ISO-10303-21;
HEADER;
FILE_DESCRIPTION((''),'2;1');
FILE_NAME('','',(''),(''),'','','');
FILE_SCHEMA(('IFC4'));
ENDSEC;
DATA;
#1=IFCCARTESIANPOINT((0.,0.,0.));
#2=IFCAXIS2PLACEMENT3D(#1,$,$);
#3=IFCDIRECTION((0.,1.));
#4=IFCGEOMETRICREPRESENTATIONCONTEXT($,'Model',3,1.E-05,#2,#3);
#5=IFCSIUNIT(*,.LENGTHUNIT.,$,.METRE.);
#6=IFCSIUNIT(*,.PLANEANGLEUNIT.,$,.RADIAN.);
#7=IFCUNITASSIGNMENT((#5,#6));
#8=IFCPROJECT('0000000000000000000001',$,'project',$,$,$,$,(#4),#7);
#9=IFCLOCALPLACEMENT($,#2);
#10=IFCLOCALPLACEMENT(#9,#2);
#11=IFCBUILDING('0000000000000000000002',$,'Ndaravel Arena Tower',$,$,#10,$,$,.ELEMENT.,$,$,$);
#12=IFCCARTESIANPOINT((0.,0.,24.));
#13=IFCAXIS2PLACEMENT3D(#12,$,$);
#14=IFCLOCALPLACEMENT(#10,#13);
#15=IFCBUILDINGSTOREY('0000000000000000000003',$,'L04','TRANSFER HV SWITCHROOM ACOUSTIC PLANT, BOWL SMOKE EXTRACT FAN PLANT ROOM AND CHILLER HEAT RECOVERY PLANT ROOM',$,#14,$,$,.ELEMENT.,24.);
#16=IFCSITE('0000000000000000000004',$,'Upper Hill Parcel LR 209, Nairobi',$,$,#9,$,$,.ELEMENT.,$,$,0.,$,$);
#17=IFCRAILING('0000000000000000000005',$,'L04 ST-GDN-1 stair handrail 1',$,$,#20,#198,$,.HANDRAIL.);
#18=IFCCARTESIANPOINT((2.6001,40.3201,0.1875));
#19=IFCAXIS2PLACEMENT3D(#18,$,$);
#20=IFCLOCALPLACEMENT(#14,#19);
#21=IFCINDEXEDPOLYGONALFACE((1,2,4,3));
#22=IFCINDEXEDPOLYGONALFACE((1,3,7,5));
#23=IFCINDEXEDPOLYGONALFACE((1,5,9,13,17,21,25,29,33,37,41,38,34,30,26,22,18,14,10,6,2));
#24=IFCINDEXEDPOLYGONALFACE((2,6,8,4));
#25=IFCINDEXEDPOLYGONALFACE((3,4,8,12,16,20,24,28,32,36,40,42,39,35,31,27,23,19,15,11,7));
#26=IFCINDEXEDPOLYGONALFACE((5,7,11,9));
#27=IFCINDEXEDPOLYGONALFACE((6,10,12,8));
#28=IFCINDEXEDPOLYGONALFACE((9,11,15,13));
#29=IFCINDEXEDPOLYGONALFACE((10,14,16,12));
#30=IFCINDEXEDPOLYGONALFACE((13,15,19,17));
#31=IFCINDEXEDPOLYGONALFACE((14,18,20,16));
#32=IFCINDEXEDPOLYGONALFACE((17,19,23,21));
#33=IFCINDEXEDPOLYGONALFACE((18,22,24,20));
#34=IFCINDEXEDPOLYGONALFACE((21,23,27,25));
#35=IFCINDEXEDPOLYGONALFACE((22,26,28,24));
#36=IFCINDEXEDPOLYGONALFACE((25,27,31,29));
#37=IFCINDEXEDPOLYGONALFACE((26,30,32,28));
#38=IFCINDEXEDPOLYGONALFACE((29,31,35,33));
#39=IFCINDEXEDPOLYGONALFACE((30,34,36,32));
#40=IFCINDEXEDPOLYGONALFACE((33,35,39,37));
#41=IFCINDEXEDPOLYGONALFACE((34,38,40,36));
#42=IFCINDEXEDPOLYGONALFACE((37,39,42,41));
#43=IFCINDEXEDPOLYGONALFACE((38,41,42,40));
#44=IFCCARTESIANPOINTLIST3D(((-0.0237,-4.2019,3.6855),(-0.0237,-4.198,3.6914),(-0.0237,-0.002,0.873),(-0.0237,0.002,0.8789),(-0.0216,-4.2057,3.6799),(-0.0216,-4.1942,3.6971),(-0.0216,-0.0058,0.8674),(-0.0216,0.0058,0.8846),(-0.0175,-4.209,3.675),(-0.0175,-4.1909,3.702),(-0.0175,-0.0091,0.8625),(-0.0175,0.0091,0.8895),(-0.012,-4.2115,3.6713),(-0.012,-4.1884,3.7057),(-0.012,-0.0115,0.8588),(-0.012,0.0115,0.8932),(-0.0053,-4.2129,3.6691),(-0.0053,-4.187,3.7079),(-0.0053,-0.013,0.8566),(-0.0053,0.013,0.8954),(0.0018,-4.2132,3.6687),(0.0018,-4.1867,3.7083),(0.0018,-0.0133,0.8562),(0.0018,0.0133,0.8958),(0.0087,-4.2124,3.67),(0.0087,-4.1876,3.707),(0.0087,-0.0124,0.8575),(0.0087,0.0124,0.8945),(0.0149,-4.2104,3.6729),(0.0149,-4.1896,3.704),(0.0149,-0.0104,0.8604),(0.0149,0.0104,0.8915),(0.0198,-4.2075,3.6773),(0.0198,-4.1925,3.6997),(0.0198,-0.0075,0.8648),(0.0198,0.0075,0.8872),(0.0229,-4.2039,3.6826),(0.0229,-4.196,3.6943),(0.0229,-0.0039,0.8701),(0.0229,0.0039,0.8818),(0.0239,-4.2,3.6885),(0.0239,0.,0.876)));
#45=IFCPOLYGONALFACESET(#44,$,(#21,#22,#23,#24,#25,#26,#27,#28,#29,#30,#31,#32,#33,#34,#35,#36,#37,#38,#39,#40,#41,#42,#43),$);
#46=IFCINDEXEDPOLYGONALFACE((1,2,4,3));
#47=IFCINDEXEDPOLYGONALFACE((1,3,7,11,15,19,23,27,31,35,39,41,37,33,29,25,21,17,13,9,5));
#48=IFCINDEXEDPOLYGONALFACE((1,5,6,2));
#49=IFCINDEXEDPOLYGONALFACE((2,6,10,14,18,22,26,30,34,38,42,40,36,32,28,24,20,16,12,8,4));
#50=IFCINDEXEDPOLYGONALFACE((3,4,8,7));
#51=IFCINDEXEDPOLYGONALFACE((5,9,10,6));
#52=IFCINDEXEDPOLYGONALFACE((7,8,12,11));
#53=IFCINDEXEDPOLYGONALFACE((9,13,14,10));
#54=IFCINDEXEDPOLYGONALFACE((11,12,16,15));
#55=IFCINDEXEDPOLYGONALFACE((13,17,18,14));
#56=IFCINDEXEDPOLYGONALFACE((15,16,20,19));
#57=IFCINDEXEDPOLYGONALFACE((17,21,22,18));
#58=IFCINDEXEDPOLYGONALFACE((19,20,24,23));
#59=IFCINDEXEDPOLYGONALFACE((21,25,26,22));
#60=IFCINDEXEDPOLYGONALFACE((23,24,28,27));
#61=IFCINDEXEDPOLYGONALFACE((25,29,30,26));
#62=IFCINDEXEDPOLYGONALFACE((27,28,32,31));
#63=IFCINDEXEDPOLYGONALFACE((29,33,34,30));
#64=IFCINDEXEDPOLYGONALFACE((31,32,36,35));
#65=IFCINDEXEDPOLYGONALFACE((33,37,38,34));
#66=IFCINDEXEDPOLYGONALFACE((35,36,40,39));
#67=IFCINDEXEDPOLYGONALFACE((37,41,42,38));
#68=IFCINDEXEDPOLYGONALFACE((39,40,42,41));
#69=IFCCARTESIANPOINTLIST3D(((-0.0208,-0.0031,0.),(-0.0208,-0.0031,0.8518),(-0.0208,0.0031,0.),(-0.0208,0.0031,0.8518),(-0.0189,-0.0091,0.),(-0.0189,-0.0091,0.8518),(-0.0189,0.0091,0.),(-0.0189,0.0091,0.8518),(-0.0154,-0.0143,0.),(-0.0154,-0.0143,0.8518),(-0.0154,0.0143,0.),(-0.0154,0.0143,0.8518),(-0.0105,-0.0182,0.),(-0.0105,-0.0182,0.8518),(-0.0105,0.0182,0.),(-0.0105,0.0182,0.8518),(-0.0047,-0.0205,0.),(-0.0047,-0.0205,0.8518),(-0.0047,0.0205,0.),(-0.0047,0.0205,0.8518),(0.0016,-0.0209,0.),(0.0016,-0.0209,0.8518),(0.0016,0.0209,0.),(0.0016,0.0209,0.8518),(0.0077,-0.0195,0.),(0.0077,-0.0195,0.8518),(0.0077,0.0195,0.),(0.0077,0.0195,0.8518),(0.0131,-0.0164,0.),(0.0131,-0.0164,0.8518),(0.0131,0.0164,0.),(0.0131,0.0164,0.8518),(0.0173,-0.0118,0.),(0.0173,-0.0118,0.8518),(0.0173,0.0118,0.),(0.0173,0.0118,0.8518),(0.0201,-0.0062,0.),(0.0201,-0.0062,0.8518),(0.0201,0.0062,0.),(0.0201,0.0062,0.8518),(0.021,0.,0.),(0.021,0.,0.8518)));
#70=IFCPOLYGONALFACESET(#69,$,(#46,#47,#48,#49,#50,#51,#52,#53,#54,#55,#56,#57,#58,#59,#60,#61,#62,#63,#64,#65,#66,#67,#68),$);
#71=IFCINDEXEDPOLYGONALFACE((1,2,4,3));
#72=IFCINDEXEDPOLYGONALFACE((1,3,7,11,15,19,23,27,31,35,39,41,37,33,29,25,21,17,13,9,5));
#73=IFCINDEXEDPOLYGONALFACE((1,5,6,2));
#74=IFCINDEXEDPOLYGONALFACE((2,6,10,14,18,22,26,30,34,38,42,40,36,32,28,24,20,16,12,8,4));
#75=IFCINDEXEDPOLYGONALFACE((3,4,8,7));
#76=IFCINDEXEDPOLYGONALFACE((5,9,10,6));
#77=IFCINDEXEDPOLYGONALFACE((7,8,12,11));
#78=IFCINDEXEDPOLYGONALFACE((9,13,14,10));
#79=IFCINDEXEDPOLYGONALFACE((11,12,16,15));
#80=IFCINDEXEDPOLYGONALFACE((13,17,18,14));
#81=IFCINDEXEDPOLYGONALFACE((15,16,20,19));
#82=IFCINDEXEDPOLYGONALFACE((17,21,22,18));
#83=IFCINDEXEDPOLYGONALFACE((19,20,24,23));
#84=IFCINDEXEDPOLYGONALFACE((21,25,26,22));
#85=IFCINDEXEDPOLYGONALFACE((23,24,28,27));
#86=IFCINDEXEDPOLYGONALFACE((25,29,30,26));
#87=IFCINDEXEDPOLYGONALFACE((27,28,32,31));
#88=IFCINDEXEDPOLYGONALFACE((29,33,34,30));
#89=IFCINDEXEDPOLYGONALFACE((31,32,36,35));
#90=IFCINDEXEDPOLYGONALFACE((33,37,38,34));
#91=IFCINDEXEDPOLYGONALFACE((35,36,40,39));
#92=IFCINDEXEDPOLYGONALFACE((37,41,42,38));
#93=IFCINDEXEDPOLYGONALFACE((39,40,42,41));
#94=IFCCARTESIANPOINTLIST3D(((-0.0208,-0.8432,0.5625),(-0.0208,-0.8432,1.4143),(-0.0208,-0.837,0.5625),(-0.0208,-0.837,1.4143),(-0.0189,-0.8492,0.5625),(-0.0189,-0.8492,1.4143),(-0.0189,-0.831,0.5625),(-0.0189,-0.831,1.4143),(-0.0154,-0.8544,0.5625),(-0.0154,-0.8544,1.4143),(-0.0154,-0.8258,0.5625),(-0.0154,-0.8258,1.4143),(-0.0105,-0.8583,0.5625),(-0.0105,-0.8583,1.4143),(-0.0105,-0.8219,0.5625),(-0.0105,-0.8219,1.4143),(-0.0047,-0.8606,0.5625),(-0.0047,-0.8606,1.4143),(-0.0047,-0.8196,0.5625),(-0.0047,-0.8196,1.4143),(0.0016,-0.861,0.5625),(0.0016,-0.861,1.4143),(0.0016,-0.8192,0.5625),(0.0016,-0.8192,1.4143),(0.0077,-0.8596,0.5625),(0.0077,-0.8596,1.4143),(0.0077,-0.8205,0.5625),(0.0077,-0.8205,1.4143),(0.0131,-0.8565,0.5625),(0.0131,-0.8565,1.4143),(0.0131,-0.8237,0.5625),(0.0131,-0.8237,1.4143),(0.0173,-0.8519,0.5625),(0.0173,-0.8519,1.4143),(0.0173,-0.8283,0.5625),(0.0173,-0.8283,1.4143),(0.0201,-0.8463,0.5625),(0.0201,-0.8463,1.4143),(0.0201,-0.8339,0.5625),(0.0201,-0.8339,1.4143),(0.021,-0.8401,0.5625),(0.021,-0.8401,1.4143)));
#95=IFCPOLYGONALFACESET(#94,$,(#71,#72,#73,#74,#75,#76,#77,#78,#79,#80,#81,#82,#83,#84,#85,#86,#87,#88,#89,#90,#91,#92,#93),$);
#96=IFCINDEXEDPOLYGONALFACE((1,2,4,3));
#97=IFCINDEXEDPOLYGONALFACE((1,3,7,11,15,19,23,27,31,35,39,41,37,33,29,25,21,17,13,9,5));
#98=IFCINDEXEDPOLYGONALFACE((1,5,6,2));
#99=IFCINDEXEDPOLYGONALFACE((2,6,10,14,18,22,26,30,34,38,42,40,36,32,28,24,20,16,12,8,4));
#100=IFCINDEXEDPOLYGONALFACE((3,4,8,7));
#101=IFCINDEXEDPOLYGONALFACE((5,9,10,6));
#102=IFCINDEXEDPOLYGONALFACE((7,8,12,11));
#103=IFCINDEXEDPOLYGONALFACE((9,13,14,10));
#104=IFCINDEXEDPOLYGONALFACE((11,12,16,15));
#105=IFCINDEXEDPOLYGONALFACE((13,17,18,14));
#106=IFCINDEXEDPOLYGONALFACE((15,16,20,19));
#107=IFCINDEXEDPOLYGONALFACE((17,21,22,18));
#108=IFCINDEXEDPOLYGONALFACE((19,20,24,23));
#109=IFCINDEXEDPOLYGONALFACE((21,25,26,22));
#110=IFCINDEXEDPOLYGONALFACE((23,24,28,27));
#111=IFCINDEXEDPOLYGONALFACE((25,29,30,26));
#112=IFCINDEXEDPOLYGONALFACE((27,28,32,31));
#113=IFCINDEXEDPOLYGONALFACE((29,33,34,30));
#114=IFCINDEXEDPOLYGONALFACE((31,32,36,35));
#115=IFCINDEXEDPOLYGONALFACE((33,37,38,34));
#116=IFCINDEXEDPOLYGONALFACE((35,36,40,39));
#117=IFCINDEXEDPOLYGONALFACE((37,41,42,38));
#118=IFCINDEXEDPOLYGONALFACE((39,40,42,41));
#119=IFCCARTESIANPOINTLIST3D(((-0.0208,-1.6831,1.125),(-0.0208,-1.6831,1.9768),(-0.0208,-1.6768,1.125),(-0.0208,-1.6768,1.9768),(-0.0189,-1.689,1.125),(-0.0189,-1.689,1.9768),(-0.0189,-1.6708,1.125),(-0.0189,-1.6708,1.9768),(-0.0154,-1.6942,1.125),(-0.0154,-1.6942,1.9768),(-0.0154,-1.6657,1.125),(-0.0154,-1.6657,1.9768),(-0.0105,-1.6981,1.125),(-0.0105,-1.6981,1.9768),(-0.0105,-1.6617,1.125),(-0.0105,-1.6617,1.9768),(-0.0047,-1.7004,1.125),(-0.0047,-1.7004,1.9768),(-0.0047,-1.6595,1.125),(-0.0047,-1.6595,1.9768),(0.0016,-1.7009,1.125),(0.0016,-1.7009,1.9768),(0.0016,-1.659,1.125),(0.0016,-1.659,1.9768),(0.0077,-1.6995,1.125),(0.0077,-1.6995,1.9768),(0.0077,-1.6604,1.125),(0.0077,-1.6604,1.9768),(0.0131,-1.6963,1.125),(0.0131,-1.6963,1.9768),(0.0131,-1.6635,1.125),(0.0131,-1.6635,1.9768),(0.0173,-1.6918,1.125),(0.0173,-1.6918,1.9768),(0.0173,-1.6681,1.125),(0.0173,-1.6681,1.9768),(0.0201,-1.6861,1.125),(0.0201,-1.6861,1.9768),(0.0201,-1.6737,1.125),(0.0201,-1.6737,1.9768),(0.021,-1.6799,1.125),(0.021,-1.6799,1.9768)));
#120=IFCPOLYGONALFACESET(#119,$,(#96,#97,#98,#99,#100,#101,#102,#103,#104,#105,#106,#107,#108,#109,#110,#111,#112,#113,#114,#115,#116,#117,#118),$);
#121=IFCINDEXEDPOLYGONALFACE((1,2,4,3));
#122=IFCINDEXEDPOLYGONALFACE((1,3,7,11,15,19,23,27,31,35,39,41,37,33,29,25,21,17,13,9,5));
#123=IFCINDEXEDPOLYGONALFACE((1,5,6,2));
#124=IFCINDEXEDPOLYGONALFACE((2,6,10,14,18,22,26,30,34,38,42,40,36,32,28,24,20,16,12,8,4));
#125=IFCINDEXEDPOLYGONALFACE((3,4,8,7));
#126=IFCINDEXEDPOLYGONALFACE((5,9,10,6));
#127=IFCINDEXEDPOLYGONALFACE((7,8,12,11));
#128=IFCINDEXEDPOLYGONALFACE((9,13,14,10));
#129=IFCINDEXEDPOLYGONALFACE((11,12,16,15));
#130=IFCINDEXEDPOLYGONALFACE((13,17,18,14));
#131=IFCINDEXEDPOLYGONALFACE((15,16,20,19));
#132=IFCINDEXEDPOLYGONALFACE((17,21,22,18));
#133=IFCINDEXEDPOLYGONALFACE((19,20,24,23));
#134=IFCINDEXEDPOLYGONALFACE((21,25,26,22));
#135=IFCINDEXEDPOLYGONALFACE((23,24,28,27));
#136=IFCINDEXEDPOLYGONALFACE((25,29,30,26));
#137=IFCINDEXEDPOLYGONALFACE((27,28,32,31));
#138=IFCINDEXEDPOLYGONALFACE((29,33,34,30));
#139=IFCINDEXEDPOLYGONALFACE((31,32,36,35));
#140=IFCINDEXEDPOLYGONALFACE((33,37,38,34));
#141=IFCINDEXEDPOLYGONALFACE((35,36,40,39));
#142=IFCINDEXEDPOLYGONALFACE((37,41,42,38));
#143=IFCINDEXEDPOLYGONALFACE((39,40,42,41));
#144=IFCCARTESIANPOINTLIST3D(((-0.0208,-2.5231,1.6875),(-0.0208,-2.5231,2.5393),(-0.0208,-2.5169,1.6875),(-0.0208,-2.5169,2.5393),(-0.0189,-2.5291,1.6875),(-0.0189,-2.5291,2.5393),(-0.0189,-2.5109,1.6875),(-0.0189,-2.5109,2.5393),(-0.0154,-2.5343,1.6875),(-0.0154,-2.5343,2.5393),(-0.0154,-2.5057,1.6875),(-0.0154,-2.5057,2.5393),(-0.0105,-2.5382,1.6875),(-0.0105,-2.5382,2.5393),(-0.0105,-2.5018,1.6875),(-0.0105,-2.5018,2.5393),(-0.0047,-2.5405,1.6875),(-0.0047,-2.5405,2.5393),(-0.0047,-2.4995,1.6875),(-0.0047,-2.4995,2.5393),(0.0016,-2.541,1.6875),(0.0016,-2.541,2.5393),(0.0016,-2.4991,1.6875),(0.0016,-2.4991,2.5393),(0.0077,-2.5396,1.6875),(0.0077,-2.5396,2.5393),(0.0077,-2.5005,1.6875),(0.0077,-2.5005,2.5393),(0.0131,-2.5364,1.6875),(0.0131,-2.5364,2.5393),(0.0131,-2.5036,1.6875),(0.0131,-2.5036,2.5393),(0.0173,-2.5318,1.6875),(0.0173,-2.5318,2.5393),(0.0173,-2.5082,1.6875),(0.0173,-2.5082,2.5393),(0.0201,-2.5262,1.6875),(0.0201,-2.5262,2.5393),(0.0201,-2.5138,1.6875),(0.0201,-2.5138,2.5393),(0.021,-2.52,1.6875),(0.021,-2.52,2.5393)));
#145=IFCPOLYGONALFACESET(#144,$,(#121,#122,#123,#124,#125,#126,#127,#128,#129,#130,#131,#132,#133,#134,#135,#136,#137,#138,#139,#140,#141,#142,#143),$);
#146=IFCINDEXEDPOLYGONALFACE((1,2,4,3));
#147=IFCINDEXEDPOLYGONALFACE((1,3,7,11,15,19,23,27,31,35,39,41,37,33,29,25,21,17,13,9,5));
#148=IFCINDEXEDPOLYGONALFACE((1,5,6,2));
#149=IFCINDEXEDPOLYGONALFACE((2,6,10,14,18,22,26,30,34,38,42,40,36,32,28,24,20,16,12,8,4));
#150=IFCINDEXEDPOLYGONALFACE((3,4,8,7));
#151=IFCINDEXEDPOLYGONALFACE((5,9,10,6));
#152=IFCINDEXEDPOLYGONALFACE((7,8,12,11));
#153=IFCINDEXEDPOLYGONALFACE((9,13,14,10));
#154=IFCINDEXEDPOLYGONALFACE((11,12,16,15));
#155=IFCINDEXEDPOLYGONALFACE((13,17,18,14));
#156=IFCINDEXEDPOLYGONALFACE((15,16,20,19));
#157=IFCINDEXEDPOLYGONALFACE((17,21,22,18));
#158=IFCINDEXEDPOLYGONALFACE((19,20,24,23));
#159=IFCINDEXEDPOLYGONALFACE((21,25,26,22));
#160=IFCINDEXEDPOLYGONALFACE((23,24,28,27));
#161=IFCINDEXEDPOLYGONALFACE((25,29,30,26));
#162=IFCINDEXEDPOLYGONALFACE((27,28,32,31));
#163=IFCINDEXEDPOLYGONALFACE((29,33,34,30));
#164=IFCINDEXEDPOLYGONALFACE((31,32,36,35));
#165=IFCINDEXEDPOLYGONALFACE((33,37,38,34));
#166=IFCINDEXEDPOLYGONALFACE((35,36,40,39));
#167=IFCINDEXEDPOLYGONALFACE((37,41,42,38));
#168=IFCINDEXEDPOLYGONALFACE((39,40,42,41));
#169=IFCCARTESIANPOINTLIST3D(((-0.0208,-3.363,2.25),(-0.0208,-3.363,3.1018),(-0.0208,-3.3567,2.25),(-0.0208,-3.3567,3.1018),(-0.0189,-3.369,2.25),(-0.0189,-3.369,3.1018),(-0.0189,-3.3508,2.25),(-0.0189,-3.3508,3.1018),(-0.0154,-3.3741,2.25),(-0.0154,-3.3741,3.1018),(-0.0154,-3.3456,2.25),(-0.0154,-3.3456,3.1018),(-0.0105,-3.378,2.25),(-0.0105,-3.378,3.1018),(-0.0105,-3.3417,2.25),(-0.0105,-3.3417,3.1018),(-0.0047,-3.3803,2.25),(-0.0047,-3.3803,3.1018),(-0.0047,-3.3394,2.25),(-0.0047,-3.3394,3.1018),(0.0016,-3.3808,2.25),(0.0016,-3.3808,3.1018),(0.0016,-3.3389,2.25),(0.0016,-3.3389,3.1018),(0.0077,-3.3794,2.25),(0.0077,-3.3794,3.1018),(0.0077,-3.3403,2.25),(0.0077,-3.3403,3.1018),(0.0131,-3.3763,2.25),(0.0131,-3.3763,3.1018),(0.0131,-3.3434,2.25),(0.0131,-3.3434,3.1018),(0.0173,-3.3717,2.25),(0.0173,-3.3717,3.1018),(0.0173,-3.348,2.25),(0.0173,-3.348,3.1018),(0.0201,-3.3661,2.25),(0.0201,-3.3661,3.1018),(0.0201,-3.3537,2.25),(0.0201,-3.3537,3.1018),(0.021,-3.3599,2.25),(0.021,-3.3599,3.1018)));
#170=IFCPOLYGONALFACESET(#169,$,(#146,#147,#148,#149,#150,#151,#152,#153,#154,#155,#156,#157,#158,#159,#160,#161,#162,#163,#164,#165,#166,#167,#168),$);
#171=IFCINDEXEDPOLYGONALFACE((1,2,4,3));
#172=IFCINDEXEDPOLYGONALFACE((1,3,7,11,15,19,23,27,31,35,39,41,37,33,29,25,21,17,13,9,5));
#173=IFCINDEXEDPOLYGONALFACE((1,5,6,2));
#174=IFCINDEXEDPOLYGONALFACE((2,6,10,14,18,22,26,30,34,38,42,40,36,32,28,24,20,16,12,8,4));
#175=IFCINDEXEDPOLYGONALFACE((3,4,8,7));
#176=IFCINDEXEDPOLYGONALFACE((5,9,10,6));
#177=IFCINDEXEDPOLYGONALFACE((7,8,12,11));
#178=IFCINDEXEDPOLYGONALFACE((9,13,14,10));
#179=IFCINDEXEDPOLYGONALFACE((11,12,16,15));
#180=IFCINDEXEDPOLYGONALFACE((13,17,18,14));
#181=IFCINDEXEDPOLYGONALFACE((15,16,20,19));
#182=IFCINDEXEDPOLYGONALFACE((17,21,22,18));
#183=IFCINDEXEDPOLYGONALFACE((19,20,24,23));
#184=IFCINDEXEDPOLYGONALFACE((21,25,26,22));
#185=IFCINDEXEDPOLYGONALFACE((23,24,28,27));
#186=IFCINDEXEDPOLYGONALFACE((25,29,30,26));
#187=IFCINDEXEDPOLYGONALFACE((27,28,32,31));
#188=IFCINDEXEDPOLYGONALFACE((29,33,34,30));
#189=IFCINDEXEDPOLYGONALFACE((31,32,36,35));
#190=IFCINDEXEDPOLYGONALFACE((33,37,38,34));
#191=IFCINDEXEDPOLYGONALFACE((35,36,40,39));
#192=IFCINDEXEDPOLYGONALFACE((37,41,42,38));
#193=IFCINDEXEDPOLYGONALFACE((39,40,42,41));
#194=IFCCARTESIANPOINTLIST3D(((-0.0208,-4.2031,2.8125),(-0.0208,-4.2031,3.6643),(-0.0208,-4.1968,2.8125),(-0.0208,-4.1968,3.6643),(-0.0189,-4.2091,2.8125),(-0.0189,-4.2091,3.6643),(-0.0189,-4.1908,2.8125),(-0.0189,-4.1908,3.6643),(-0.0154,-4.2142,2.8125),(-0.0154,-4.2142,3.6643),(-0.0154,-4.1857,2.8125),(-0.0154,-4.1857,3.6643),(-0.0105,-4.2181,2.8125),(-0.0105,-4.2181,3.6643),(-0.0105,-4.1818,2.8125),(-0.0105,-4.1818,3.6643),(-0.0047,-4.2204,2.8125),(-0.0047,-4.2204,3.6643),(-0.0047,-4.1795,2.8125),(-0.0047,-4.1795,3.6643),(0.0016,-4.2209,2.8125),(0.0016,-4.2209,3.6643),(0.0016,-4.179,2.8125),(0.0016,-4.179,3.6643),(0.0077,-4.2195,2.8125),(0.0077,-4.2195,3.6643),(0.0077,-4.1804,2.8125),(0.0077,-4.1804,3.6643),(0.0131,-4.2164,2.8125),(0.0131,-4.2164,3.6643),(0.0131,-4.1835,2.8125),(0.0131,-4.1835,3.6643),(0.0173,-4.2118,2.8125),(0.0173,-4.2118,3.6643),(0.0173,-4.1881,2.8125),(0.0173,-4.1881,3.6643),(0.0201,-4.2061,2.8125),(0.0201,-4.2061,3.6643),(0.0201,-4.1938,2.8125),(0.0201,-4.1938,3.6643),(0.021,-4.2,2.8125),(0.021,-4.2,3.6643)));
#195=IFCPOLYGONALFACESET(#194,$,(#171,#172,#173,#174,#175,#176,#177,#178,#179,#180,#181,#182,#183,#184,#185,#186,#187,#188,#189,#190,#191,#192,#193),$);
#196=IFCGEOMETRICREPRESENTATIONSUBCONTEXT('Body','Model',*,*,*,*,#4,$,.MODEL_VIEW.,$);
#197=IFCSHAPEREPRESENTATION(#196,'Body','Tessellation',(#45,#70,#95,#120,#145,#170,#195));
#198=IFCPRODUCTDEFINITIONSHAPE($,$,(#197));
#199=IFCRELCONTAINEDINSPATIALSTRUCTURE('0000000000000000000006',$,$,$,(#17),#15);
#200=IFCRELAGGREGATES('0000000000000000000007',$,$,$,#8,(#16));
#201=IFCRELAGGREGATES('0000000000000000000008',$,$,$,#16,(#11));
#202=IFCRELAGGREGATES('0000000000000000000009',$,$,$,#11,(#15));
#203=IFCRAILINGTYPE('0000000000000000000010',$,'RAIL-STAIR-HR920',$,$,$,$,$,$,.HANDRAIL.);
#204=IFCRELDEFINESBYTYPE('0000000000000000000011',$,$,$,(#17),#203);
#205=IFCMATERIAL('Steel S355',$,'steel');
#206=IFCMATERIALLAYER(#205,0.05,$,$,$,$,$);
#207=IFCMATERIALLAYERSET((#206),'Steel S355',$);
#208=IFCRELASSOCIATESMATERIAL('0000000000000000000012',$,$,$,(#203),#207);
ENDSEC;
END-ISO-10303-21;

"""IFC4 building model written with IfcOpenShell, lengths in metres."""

from ifc_helpers import new_model, si_unit, direction, frame, origin, origin_2d, place, context, subcontext, project, spatial, circle, extrude, material, layer, layer_set, type_object, element, save


model = new_model("IFC4")

# Units and contexts
model_context = context("Model", 3, precision=1e-05, world=origin(), true_north=direction((0.0, 1.0)))
body_context = subcontext(model_context, "Body", "Model", "MODEL_VIEW")
ifc_project = project(units=[si_unit("LENGTHUNIT", "METRE"), si_unit("PLANEANGLEUNIT", "RADIAN")], contexts=[model_context])

# Site, building, storey
site_placement = place(None, origin())
site = spatial("IfcSite", under=ifc_project, at=site_placement, Name="Upper Hill Parcel LR 209, Nairobi", CompositionType="ELEMENT", RefElevation=0.0)
building_placement = place(site_placement, origin())
building = spatial("IfcBuilding", under=site, at=building_placement, Name="Ndaravel Arena Tower", CompositionType="ELEMENT")
storey_placement = place(building_placement, frame((0.0, 0.0, 24.0)))
storey = spatial("IfcBuildingStorey", under=building, at=storey_placement, Name="L04", Description="TRANSFER HV SWITCHROOM ACOUSTIC PLANT, BOWL SMOKE EXTRACT FAN PLANT ROOM AND CHILLER HEAT RECOVERY PLANT ROOM", CompositionType="ELEMENT", Elevation=24.0)

# Railing
ifc_material_1 = material(Name="Steel S355", Category="steel")
ifc_layer_1 = layer(ifc_material_1, 0.05)
ifc_layer_set_1 = layer_set([ifc_layer_1], Name="Steel S355")
railing_type_1 = type_object("IfcRailingType", Name="RAIL-STAIR-HR920", PredefinedType="HANDRAIL", material=ifc_layer_set_1)
railing_1_placement = place(storey_placement, frame((2.6001, 40.3201, 0.1875)))
element("IfcRailing", 1, at=railing_1_placement, inside=storey, type_object=railing_type_1, Name="L04 ST-GDN-1 stair handrail 1", PredefinedType="HANDRAIL", context=body_context, shape_type="SweptSolid", body=[
    extrude(circle(Radius=0.0239, at=origin_2d()), frame((0.0, 0.0, 0.876), z_axis=(0.0, -0.830904, 0.556416), x_axis=(1.0, 0.0, 0.0)), (0.0, 0.0, 1.0), 5.0547),
    extrude(circle(Radius=0.021, at=origin_2d()), origin(), (0.0, 0.0, 1.0), 0.8518),
    extrude(circle(Radius=0.021, at=origin_2d()), frame((0.0, -0.8401, 0.5625)), (0.0, 0.0, 1.0), 0.8518),
    extrude(circle(Radius=0.021, at=origin_2d()), frame((0.0, -1.6799, 1.125)), (0.0, 0.0, 1.0), 0.8518),
    extrude(circle(Radius=0.021, at=origin_2d()), frame((0.0, -2.52, 1.6875)), (0.0, 0.0, 1.0), 0.8518),
    extrude(circle(Radius=0.021, at=origin_2d()), frame((0.0, -3.3599, 2.25)), (0.0, 0.0, 1.0), 0.8518),
    extrude(circle(Radius=0.021, at=origin_2d()), frame((0.0, -4.2, 2.8125)), (0.0, 0.0, 1.0), 0.8518),
])

save(model, "model.ifc")
